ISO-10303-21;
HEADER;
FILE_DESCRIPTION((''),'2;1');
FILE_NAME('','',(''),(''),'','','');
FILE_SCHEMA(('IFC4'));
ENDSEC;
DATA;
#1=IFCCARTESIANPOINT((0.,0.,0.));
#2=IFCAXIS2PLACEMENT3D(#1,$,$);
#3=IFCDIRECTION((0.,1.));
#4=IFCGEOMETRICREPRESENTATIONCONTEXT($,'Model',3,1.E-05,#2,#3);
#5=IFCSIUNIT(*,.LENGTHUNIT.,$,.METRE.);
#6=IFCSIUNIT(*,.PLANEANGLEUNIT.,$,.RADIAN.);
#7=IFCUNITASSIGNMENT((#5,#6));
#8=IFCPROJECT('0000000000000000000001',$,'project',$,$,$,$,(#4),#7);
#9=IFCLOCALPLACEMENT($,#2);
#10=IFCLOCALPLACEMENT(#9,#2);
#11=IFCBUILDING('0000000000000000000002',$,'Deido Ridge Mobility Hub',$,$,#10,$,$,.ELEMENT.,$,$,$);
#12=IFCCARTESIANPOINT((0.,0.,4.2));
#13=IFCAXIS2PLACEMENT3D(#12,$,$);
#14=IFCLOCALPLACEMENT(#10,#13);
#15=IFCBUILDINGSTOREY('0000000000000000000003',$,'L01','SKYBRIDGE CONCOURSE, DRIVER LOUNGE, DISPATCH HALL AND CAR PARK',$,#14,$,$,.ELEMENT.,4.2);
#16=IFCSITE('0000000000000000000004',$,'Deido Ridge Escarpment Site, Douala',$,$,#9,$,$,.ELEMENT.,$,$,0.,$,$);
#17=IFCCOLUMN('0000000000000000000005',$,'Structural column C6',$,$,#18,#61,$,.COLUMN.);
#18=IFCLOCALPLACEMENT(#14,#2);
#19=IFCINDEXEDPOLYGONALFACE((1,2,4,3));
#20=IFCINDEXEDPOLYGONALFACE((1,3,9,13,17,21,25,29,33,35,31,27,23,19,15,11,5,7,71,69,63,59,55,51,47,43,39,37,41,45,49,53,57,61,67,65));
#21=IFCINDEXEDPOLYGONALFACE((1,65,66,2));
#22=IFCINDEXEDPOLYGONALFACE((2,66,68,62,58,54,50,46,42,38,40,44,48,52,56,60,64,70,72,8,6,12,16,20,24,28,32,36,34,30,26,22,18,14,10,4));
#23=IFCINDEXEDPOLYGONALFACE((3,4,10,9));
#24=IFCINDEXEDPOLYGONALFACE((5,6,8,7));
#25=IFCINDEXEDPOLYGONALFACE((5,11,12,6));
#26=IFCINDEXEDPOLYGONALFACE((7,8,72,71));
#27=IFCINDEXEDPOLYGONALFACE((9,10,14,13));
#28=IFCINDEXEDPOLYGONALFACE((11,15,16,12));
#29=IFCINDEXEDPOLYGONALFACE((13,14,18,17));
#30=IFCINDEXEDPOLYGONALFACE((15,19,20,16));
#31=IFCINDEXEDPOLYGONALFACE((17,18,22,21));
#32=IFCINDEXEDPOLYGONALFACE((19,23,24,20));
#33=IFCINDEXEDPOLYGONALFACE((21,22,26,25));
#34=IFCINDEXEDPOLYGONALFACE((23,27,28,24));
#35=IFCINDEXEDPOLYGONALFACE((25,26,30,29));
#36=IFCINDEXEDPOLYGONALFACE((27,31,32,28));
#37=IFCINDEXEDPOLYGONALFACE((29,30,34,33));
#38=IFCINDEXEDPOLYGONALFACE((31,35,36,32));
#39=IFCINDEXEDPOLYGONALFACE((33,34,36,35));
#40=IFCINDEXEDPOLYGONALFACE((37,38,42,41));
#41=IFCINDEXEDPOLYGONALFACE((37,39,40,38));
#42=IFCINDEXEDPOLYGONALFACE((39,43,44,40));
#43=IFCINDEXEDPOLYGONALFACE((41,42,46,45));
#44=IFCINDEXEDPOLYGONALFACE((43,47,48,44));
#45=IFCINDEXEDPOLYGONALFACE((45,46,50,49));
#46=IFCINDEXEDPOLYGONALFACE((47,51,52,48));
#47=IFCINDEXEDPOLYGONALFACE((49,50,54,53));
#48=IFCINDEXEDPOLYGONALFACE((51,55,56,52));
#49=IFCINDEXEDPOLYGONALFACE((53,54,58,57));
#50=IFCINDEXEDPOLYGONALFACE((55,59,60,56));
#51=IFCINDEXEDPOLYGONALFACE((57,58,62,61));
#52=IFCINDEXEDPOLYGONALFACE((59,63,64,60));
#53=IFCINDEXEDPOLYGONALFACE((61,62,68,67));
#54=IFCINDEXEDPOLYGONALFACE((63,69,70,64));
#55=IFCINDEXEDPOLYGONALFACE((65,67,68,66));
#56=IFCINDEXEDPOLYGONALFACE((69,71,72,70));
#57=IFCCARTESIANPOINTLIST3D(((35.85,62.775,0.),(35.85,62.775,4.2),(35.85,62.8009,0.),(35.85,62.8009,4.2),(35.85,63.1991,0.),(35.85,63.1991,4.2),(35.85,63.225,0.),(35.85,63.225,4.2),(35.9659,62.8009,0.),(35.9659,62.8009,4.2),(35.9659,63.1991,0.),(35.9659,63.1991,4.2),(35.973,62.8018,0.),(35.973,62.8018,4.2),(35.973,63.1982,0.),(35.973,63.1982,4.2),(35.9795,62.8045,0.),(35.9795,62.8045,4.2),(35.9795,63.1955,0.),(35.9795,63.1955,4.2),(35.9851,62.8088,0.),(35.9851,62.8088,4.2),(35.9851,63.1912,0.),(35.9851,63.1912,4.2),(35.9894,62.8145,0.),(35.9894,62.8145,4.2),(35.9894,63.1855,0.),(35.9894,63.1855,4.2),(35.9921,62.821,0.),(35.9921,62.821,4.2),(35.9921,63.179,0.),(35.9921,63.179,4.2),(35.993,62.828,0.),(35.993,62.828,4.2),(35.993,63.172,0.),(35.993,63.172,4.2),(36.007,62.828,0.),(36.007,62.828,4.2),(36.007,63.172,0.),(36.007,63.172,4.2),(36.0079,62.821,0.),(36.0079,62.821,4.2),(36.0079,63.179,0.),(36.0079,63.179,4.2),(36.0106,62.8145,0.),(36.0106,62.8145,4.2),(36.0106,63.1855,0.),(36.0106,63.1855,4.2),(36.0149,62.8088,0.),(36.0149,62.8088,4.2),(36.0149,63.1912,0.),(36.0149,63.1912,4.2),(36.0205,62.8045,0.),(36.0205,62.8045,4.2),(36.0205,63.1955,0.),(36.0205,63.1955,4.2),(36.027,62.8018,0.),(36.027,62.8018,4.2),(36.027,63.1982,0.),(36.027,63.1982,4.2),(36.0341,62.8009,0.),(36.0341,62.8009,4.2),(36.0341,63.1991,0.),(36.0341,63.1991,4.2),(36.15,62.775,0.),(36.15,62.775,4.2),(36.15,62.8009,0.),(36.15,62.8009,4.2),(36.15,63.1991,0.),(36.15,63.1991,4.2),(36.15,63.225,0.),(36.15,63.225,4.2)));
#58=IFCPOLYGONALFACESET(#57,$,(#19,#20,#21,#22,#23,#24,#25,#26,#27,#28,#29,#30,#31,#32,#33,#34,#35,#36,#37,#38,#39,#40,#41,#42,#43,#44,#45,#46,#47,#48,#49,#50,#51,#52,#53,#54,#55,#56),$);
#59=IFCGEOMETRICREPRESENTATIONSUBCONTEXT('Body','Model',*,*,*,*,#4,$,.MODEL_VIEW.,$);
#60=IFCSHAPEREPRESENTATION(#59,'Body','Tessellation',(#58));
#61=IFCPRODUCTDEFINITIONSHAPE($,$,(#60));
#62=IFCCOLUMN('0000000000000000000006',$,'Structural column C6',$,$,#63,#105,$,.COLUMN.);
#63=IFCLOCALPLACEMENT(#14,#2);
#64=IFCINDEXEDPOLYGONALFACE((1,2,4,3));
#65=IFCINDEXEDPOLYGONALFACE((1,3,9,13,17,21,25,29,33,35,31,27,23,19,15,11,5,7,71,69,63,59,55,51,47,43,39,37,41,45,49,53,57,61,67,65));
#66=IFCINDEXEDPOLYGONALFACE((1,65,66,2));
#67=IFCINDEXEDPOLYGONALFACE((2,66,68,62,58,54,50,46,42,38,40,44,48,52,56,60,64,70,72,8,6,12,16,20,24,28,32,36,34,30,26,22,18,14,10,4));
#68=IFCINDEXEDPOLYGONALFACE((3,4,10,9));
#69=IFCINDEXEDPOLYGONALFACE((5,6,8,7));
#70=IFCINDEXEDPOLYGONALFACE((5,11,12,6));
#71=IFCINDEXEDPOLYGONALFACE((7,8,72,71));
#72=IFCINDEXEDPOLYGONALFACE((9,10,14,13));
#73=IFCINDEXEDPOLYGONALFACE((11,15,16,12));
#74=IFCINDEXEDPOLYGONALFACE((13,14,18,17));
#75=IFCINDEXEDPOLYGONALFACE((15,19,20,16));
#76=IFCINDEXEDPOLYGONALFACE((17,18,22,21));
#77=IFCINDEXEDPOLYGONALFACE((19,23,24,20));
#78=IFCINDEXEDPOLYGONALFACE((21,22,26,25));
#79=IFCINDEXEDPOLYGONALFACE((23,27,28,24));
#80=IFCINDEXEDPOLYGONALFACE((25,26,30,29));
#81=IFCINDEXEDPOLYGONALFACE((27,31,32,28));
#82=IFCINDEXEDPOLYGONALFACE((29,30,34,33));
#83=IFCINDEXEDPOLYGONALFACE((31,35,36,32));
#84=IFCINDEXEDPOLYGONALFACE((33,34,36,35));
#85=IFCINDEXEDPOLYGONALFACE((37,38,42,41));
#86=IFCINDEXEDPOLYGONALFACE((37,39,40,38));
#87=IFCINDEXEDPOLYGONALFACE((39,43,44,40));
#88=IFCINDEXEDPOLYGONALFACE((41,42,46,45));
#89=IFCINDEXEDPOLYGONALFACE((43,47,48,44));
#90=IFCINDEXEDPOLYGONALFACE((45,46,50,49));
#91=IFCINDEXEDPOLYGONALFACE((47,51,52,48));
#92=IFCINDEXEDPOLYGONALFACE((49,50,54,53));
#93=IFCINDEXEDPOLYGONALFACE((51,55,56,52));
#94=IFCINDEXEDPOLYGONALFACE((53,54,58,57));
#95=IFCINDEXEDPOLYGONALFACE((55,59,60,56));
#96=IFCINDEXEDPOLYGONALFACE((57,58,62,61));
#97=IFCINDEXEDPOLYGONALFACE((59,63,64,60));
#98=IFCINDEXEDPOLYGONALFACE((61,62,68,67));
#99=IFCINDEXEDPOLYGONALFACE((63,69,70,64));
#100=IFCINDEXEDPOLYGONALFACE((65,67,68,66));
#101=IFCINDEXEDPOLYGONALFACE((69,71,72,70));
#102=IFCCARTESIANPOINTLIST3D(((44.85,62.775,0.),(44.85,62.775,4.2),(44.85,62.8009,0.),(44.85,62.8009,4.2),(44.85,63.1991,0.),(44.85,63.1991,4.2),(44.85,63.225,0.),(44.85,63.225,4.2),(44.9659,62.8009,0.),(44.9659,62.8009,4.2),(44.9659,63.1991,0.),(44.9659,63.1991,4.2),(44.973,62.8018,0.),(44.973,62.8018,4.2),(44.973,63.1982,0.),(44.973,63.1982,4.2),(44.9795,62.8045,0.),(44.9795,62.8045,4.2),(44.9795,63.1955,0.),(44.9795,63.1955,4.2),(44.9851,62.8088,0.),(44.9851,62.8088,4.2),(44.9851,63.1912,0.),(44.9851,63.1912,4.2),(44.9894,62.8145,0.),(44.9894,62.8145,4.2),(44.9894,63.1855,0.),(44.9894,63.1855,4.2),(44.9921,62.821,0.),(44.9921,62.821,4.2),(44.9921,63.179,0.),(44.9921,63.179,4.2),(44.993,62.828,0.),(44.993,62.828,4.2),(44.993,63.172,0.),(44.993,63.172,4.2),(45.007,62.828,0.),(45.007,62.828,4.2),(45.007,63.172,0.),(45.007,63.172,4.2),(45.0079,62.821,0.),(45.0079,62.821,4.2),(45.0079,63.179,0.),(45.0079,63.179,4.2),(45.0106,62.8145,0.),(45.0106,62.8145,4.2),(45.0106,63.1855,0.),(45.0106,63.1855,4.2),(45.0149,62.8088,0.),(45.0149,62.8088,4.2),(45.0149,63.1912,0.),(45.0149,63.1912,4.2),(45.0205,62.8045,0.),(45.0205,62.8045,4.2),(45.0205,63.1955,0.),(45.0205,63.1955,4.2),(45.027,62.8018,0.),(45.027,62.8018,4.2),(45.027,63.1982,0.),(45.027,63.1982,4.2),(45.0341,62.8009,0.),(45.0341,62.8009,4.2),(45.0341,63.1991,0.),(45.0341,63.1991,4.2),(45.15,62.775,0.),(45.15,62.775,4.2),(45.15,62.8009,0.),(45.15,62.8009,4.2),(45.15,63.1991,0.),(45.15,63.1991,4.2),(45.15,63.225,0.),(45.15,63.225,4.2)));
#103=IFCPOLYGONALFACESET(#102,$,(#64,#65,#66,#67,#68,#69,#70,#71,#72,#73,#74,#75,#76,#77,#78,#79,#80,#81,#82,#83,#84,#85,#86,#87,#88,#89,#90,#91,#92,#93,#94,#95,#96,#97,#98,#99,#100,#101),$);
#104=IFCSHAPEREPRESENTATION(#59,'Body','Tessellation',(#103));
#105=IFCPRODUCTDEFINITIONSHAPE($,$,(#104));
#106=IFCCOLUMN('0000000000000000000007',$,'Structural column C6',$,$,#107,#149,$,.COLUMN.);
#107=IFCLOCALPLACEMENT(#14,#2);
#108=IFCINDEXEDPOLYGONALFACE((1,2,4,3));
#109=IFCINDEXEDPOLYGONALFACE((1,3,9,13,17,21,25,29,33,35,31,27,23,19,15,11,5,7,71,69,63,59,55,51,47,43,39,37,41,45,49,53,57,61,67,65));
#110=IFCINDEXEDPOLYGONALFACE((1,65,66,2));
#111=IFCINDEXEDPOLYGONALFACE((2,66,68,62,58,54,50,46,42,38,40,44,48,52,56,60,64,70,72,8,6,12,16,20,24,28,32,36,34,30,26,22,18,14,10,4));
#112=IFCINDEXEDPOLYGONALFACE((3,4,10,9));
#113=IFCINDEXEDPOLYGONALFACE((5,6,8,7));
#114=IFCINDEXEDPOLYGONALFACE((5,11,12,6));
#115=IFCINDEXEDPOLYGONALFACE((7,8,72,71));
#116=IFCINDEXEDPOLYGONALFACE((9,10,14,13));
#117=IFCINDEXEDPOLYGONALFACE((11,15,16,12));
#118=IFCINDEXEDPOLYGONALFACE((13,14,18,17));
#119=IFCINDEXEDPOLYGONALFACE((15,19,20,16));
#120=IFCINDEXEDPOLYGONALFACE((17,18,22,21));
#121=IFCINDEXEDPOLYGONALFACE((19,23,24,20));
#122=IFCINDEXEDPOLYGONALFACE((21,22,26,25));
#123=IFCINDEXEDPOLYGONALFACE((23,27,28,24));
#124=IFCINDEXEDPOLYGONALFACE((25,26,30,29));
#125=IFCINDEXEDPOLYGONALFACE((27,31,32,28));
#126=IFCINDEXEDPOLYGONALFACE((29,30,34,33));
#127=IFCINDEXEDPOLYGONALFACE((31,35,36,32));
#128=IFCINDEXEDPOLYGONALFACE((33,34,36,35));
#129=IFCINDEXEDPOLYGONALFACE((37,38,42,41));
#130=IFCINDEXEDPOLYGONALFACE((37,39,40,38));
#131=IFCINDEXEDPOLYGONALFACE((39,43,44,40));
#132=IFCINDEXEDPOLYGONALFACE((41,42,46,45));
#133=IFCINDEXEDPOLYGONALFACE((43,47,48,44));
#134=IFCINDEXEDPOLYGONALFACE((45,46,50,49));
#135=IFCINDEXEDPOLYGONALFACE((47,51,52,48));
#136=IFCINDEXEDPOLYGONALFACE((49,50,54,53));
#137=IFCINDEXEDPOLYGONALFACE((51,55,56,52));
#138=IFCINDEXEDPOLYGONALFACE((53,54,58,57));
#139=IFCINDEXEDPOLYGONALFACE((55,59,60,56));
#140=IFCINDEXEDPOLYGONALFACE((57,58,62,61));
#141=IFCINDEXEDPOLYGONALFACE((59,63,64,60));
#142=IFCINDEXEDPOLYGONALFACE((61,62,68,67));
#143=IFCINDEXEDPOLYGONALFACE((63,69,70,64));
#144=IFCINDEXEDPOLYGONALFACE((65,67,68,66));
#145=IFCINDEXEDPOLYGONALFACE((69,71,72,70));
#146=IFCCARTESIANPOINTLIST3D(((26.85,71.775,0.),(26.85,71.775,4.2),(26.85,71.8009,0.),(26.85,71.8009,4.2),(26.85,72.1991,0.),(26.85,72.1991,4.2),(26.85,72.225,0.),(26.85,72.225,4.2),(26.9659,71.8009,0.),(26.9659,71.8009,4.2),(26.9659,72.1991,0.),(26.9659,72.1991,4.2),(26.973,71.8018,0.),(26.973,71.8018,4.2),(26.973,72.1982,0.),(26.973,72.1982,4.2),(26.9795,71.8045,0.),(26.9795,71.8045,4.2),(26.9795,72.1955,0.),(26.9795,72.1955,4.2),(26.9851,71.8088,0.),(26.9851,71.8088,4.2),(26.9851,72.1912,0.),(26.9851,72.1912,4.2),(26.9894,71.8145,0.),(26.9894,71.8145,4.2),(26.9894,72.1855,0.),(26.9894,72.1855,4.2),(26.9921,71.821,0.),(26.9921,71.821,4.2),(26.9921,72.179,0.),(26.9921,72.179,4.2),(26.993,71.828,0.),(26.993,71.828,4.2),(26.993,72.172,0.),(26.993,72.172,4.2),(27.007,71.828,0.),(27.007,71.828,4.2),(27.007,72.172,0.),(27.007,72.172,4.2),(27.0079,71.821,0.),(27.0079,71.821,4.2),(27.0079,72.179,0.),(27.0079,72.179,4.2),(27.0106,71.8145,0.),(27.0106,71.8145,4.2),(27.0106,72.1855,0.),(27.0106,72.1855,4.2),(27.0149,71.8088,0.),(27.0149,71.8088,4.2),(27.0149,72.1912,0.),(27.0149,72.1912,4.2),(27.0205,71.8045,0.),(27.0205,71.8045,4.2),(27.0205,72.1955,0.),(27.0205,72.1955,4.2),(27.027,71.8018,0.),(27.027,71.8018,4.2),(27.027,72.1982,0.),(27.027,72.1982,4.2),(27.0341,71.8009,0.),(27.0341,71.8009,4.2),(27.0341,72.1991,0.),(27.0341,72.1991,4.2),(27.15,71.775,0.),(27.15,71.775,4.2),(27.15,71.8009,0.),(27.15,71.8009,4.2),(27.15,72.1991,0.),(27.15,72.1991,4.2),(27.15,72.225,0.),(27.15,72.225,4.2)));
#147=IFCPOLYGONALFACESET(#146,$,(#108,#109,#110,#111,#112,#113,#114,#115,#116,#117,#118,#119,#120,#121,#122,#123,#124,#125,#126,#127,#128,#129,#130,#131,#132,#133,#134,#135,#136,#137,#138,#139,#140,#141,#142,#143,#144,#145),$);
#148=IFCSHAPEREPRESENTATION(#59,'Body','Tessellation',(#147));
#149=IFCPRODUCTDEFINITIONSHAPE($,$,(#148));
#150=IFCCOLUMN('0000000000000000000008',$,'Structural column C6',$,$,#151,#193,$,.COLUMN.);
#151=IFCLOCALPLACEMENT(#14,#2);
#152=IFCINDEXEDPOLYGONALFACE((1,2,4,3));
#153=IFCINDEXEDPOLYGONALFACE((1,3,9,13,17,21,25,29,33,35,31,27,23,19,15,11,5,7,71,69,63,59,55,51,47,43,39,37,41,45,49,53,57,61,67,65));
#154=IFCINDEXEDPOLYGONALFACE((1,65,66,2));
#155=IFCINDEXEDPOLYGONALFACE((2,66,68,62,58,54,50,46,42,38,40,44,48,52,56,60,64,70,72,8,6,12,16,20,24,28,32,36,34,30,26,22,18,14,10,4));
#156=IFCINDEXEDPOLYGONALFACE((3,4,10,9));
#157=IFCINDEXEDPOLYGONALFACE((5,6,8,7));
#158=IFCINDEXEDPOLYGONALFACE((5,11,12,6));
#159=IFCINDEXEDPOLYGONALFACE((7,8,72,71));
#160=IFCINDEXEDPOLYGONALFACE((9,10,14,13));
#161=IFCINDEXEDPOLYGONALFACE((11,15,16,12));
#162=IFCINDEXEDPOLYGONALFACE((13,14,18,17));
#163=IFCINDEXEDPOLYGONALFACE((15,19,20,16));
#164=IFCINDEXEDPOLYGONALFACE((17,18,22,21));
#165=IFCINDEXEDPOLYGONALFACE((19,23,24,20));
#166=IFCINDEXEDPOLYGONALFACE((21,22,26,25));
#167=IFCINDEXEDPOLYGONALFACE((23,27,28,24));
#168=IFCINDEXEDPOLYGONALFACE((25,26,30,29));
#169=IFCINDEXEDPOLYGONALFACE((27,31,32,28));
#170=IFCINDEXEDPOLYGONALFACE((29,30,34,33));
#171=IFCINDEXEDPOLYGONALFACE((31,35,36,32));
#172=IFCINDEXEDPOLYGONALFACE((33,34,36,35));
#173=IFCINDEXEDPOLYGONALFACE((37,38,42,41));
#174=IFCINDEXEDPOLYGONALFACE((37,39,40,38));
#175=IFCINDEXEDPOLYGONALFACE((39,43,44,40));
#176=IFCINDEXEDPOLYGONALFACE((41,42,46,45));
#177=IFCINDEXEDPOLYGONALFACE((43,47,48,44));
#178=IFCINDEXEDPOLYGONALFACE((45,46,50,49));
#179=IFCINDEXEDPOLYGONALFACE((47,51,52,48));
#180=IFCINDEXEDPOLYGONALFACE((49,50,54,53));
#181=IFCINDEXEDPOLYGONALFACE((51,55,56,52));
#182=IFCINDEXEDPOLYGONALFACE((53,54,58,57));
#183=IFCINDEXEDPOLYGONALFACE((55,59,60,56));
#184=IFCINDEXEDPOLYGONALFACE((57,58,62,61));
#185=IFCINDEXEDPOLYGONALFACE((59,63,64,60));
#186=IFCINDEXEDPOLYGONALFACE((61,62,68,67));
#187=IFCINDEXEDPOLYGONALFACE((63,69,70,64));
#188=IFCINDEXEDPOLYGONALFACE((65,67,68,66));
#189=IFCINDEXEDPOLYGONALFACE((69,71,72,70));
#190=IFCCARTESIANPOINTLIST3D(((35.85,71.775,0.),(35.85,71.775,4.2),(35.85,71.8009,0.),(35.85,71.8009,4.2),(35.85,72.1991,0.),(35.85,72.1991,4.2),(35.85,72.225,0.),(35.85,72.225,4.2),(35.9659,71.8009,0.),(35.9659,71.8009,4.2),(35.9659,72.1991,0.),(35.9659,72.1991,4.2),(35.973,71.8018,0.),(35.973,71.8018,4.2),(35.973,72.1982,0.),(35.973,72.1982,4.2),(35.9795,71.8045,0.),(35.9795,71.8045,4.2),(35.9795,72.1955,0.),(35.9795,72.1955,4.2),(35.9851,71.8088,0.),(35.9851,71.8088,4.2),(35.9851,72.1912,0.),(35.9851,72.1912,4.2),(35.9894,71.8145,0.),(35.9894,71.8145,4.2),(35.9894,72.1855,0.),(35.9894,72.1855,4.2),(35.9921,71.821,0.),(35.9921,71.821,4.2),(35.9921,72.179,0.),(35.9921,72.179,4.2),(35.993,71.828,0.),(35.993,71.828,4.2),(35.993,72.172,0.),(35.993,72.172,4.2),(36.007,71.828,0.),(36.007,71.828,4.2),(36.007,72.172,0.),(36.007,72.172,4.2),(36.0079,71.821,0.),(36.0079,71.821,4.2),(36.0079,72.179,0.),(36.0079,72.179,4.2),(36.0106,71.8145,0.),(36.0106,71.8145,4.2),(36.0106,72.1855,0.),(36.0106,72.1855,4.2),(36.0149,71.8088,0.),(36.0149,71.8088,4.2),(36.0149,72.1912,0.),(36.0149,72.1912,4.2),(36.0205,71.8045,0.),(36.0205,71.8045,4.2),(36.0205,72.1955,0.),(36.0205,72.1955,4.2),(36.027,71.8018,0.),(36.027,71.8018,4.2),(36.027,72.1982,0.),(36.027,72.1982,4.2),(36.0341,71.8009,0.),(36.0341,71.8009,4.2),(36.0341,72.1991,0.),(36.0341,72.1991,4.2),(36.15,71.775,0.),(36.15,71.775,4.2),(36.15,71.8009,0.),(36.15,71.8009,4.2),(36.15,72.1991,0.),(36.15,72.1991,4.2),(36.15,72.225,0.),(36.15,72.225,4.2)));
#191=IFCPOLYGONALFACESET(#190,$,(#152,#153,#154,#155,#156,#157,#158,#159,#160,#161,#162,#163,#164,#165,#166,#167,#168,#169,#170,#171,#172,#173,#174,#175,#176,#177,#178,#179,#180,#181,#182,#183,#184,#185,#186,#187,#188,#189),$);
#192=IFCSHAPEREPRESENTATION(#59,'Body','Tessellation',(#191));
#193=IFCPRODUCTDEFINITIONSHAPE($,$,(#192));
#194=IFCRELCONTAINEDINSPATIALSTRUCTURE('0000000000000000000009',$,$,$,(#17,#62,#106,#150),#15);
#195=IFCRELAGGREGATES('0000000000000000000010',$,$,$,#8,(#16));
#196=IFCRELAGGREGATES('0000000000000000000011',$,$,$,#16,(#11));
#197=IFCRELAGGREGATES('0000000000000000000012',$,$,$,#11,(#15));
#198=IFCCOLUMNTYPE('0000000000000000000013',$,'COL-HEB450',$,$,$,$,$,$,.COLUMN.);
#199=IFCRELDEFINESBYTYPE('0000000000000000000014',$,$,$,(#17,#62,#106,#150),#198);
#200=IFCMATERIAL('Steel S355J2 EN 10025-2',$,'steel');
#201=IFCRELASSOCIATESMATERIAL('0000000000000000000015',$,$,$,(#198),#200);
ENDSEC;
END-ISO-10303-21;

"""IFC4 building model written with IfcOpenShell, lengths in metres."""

from ifc_helpers import new_model, si_unit, direction, frame, origin, origin_2d, place, context, subcontext, project, spatial, i_section, extrude, material, material_profile, profile_set, type_object, element, save


model = new_model("IFC4")

# Units and contexts
model_context = context("Model", 3, precision=1e-05, world=origin(), true_north=direction((0.0, 1.0)))
body_context = subcontext(model_context, "Body", "Model", "MODEL_VIEW")
ifc_project = project(units=[si_unit("LENGTHUNIT", "METRE"), si_unit("PLANEANGLEUNIT", "RADIAN")], contexts=[model_context])

# Site, building, storey
site_placement = place(None, origin())
site = spatial("IfcSite", under=ifc_project, at=site_placement, Name="Deido Ridge Escarpment Site, Douala", CompositionType="ELEMENT", RefElevation=0.0)
building_placement = place(site_placement, origin())
building = spatial("IfcBuilding", under=site, at=building_placement, Name="Deido Ridge Mobility Hub", CompositionType="ELEMENT")
storey_placement = place(building_placement, frame((0.0, 0.0, 4.2)))
storey = spatial("IfcBuildingStorey", under=building, at=storey_placement, Name="L01", Description="SKYBRIDGE CONCOURSE, DRIVER LOUNGE, DISPATCH HALL AND CAR PARK", CompositionType="ELEMENT", Elevation=4.2)

# Columns
ifc_material_1 = material(Name="Steel S355J2 EN 10025-2", Category="steel")
ifc_material_profile_1 = material_profile(ifc_material_1, i_section(OverallWidth=0.3, OverallDepth=0.45, WebThickness=0.0139, FlangeThickness=0.0259, FilletRadius=0.0271, at=origin_2d()), Name="HEB 450")
ifc_profile_set_1 = profile_set([ifc_material_profile_1], Name="Steel S355J2 EN 10025-2")
column_type_1 = type_object("IfcColumnType", Name="COL-HEB450", PredefinedType="COLUMN", material=ifc_profile_set_1)
for number, where, z_axis, x_axis, name in (
    (1, (36.0, 63.0, 0.0), (0.0, 0.0, 1.0), (1.0, 0.0, 0.0), "Structural column C6"),
    (2, (45.0, 63.0, 0.0), (0.0, 0.0, 1.0), (1.0, 0.0, 0.0), "Structural column C6"),
    (3, (27.0, 72.0, 0.0), (0.0, 0.0, 1.0), (1.0, 0.0, 0.0), "Structural column C6"),
    (4, (36.0, 72.0, 0.0), (0.0, 0.0, 1.0), (1.0, 0.0, 0.0), "Structural column C6"),
):
    element("IfcColumn", number, at=place(storey_placement, frame(where, z_axis=z_axis, x_axis=x_axis)), inside=storey, type_object=column_type_1, Name=name, PredefinedType="COLUMN", context=body_context, shape_type="SweptSolid", body=[
        extrude(i_section(OverallWidth=0.3, OverallDepth=0.45, WebThickness=0.0139, FlangeThickness=0.0259, FilletRadius=0.0271, at=origin_2d()), origin(), (0.0, 0.0, 1.0), 4.2),
    ])

save(model, "model.ifc")
